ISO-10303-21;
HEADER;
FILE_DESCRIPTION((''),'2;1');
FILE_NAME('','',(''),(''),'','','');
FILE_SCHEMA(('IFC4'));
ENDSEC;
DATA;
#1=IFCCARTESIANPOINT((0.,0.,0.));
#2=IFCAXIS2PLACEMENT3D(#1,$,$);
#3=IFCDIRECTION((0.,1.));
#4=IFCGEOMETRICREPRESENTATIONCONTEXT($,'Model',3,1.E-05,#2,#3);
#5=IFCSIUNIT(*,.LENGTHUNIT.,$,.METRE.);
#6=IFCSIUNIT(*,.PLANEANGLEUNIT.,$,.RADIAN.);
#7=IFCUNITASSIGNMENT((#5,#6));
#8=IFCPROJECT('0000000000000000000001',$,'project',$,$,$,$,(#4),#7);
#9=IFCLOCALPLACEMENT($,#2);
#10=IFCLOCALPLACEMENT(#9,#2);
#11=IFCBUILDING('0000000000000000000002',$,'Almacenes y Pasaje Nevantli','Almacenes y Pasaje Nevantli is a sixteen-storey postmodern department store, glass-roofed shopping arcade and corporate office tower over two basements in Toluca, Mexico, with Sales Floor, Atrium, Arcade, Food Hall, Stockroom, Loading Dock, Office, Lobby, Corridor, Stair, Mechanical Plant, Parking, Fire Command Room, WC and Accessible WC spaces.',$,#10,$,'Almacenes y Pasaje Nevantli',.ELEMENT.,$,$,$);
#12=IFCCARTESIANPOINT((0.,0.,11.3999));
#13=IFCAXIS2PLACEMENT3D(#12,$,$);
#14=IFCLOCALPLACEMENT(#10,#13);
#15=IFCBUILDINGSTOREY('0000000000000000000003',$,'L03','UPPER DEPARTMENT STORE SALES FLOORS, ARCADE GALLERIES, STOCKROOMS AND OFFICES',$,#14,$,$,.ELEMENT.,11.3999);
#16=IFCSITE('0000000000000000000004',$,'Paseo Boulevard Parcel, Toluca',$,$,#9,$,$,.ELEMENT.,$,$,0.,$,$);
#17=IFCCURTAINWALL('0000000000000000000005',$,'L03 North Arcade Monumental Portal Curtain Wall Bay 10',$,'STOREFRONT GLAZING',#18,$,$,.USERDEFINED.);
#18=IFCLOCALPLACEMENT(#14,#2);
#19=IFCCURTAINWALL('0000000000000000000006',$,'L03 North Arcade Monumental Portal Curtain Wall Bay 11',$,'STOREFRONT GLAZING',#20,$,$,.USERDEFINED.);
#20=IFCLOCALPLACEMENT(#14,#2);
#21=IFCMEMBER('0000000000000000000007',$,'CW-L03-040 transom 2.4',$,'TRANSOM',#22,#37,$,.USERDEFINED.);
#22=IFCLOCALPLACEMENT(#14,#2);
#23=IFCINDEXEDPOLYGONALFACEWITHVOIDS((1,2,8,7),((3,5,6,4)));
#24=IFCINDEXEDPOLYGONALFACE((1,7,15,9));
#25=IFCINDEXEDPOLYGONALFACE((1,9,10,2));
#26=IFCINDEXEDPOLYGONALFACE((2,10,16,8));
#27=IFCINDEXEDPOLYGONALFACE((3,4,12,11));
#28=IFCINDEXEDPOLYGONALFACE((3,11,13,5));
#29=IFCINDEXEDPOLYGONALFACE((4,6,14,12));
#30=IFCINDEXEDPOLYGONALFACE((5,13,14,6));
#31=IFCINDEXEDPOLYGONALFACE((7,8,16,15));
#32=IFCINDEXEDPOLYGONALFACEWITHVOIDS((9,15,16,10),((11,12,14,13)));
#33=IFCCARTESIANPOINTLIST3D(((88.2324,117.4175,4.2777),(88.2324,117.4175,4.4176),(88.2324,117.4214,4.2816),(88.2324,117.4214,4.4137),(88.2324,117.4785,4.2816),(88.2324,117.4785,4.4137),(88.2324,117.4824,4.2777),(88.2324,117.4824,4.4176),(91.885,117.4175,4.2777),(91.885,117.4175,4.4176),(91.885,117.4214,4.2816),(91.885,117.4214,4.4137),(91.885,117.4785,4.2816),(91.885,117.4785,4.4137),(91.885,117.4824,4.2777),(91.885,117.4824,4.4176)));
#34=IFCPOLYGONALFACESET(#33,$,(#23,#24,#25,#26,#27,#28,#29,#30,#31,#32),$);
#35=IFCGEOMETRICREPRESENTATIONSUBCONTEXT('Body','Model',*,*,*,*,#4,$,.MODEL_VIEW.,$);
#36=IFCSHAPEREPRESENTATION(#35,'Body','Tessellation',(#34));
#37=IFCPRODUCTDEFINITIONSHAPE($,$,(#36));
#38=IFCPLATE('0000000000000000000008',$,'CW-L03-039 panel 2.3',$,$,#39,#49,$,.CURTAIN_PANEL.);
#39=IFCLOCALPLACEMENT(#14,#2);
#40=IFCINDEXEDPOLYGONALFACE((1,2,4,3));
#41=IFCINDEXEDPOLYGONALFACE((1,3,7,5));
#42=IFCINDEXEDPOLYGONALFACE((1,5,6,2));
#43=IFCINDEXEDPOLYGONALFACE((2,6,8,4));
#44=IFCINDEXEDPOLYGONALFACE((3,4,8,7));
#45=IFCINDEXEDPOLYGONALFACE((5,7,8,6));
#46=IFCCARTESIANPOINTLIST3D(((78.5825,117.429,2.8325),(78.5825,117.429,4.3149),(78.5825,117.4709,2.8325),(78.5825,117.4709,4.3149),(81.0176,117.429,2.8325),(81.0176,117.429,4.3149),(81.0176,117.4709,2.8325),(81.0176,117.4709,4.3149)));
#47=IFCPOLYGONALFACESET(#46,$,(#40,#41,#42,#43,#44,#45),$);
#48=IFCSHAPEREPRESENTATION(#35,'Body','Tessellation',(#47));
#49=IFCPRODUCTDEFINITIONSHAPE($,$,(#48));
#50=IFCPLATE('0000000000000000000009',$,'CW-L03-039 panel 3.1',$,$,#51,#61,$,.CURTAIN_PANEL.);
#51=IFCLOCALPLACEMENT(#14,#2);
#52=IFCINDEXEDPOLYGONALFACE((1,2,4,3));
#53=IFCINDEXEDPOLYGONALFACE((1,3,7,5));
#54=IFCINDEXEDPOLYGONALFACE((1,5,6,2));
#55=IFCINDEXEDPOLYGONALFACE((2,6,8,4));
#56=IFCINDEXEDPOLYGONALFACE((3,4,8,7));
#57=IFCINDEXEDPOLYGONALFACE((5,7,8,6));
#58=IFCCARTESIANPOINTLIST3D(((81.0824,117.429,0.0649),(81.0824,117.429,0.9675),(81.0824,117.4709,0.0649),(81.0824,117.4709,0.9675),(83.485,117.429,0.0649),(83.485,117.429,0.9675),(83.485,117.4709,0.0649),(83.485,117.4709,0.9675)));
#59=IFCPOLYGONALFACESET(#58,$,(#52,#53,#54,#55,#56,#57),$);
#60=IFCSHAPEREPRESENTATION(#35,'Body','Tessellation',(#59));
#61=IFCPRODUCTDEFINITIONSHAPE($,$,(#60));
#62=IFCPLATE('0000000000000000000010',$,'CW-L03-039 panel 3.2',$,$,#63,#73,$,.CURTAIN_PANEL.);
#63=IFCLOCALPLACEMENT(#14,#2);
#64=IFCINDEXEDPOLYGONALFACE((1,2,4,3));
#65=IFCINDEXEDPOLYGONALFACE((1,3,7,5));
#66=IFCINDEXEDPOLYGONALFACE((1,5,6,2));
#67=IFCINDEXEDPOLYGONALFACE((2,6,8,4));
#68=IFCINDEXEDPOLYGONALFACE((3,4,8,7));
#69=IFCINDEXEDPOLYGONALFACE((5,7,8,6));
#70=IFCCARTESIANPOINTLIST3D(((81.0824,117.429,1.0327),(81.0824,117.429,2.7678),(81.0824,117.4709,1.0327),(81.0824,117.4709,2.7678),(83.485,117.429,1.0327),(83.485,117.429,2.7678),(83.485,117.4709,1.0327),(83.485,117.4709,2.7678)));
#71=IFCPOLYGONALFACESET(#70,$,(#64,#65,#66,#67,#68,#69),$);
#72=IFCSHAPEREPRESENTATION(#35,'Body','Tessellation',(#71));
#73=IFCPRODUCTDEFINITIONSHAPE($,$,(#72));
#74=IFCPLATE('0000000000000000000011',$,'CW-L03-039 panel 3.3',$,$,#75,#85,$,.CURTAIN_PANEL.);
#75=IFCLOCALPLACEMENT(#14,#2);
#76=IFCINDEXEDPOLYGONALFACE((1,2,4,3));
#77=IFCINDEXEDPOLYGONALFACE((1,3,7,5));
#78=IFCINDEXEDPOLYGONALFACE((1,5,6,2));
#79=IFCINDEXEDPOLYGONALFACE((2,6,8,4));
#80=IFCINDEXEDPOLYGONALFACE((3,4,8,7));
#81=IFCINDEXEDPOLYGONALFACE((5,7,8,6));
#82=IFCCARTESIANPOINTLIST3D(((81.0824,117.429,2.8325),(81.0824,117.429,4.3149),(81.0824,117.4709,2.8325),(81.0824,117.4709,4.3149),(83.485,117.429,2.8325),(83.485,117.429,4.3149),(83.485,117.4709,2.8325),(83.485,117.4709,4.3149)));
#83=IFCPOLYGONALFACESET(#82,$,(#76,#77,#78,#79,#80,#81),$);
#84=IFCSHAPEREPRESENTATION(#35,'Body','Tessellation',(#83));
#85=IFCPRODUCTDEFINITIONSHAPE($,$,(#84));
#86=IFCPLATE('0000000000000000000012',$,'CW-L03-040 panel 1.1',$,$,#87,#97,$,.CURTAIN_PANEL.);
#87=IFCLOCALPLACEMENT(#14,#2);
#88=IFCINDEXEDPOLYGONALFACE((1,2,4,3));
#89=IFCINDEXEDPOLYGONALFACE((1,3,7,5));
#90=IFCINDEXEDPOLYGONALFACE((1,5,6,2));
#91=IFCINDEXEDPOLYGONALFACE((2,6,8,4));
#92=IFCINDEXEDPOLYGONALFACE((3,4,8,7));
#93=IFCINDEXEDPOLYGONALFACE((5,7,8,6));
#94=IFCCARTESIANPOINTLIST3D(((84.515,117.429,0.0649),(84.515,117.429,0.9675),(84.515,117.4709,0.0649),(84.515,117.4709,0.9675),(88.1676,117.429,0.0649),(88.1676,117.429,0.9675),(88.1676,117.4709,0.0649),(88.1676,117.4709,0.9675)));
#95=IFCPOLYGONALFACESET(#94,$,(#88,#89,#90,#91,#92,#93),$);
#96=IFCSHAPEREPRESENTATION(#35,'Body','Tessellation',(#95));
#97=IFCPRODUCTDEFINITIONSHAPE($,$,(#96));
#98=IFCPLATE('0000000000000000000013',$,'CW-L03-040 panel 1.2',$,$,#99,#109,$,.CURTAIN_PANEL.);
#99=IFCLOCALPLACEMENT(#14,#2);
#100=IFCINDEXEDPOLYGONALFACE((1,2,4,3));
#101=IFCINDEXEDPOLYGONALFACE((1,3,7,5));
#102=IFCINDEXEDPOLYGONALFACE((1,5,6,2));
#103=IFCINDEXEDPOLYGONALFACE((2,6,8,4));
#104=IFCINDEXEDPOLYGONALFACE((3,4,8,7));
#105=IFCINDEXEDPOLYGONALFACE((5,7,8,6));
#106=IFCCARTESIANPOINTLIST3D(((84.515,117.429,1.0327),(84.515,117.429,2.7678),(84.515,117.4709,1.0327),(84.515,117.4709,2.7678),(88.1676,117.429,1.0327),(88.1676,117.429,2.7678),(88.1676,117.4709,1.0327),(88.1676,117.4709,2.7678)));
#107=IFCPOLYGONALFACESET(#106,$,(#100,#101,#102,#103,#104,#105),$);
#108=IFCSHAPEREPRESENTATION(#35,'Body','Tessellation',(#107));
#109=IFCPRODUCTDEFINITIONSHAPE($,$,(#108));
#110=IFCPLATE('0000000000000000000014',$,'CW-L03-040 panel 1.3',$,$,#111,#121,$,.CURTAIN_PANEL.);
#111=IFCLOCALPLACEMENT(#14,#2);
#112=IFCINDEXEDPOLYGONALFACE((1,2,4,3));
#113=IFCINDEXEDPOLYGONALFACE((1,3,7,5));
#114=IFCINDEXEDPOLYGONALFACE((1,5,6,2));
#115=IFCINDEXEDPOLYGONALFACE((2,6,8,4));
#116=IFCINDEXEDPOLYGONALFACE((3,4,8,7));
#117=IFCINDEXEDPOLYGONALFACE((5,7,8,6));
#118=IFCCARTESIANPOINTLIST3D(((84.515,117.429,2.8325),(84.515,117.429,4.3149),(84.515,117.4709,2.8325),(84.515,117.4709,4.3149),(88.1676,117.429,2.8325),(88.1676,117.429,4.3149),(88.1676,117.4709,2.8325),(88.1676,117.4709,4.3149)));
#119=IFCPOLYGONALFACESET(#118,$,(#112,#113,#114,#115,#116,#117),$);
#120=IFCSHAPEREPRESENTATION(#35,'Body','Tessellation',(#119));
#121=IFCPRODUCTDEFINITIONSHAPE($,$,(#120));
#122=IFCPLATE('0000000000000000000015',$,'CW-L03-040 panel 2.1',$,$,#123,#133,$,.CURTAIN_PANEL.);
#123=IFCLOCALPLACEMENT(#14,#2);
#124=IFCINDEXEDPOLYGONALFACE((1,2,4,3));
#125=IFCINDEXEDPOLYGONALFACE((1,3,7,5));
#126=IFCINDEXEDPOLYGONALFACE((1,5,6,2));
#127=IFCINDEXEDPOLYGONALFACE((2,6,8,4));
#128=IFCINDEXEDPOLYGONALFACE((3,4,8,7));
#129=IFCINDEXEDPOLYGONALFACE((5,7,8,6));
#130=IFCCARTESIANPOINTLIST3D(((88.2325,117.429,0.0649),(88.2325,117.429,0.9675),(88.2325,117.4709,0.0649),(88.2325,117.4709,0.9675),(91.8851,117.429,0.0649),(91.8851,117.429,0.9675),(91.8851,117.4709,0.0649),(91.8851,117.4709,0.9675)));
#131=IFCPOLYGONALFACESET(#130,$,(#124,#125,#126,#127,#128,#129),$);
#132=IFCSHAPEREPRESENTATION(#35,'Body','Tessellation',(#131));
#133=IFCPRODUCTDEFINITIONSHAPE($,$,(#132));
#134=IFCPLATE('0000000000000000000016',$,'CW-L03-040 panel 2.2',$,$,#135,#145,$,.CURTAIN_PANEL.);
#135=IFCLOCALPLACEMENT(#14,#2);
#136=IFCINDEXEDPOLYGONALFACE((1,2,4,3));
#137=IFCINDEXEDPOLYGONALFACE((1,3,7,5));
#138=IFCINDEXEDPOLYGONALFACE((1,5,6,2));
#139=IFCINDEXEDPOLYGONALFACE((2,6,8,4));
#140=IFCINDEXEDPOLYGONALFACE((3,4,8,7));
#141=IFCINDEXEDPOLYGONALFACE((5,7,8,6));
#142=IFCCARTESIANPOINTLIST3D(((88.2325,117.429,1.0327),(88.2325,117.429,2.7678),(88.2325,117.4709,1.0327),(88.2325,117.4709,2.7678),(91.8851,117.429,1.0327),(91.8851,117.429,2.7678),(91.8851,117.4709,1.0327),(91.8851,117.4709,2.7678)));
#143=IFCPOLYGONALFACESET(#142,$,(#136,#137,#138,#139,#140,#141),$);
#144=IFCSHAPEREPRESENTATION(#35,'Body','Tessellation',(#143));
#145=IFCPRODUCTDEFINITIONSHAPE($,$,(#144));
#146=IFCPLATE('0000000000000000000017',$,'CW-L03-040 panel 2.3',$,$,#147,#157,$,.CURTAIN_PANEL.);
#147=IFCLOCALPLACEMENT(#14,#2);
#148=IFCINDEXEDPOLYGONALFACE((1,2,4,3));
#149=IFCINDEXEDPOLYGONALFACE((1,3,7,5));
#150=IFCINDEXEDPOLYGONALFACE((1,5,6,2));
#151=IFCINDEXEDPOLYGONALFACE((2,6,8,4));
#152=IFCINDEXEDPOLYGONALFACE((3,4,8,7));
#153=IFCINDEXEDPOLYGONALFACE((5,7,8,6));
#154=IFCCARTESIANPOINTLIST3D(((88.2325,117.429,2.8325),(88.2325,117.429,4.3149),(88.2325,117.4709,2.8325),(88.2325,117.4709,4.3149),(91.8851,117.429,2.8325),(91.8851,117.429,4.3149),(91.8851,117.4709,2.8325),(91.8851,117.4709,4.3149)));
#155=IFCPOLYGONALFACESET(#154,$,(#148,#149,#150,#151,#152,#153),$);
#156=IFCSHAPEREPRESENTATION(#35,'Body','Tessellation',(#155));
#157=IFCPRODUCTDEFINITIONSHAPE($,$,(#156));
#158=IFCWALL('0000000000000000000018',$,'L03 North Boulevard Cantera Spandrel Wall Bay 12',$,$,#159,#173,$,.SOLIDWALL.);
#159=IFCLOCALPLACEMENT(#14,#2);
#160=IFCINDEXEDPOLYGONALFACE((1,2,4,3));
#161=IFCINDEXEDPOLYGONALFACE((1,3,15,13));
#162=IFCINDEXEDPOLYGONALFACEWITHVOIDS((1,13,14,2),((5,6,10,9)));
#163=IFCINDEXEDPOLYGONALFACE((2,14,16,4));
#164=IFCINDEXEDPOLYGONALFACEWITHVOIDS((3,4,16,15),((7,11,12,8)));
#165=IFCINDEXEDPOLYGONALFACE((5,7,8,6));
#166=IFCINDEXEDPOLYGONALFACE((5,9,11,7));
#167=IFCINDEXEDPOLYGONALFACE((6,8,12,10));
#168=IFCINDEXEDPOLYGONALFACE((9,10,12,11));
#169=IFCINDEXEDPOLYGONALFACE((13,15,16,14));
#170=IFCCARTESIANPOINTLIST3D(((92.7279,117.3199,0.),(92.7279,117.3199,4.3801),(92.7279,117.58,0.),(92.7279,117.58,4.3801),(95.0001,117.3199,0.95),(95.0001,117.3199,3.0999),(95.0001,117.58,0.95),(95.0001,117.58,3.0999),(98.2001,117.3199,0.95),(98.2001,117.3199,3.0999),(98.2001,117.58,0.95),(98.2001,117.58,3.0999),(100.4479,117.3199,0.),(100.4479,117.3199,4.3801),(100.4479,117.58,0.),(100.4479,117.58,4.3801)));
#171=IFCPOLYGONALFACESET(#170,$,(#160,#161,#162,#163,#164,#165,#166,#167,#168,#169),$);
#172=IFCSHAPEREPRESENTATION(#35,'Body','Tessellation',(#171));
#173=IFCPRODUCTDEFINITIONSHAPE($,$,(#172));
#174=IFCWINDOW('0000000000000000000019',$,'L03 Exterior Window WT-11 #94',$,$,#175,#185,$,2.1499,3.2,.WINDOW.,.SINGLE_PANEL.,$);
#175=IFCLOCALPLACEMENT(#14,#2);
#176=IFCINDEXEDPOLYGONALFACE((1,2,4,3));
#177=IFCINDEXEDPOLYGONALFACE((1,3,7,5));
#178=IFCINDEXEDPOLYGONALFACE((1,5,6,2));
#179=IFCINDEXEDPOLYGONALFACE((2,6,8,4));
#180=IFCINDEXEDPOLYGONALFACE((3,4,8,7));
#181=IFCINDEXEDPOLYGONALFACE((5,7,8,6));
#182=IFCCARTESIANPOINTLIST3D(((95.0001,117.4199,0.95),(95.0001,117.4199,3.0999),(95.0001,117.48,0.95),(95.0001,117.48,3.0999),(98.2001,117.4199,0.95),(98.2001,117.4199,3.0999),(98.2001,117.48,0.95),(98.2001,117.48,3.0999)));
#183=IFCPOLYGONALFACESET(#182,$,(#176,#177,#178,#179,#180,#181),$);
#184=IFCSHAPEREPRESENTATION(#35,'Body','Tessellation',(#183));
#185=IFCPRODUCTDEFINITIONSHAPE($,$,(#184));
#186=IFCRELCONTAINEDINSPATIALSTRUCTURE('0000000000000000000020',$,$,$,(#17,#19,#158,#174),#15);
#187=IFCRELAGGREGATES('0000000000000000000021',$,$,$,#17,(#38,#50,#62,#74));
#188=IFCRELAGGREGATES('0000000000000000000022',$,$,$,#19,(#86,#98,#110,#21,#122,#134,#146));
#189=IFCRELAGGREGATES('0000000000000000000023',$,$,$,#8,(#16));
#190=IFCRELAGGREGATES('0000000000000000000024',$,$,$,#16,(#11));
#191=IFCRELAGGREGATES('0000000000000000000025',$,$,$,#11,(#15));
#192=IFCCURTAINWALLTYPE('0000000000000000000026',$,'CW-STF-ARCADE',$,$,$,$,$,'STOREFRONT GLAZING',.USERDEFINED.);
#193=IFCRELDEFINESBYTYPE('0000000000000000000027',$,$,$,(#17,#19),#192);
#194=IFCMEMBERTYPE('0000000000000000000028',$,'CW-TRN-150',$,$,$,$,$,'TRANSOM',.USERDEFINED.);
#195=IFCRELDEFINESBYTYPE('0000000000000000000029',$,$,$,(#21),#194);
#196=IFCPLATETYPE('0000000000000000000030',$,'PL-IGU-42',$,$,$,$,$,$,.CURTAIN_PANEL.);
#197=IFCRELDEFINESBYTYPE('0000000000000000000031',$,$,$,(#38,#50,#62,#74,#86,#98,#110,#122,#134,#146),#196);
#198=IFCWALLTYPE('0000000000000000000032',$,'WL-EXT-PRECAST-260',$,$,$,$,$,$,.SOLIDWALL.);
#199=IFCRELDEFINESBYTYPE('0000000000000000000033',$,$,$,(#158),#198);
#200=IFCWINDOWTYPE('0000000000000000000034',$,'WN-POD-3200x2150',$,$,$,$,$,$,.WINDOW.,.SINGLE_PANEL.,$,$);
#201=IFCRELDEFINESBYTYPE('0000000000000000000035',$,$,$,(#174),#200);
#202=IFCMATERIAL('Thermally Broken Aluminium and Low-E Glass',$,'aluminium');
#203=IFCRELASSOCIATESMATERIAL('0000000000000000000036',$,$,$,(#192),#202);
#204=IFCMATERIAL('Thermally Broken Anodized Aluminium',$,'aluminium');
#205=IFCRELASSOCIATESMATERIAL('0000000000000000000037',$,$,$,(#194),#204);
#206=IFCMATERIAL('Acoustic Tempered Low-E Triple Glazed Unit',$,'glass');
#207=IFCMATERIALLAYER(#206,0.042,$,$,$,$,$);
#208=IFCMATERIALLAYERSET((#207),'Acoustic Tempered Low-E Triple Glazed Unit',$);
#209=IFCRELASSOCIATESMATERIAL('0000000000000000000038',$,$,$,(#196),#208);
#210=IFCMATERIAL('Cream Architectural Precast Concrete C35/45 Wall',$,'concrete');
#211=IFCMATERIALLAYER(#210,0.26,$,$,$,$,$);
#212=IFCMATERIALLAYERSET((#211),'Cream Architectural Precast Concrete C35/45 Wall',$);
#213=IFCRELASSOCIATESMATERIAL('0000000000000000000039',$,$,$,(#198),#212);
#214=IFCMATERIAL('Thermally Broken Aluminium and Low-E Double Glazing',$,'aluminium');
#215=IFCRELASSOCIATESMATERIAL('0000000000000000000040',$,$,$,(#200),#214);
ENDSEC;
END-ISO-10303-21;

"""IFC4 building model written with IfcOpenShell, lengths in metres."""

from ifc_helpers import new_model, si_unit, direction, frame, frame_2d, origin, origin_2d, place, context, subcontext, project, spatial, rectangle, hollow_rectangle, extrude, material, layer, layer_set, material_profile, profile_set, type_object, element, fill, aggregate, save


model = new_model("IFC4")

# Units and contexts
model_context = context("Model", 3, precision=1e-05, world=origin(), true_north=direction((0.0, 1.0)))
body_context = subcontext(model_context, "Body", "Model", "MODEL_VIEW")
ifc_project = project(units=[si_unit("LENGTHUNIT", "METRE"), si_unit("PLANEANGLEUNIT", "RADIAN")], contexts=[model_context])

# Site, building, storey
site_placement = place(None, origin())
site = spatial("IfcSite", under=ifc_project, at=site_placement, Name="Paseo Boulevard Parcel, Toluca", CompositionType="ELEMENT", RefElevation=0.0)
building_placement = place(site_placement, origin())
building = spatial("IfcBuilding", under=site, at=building_placement, Name="Almacenes y Pasaje Nevantli", Description="Almacenes y Pasaje Nevantli is a sixteen-storey postmodern department store, glass-roofed shopping arcade and corporate office tower over two basements in Toluca, Mexico, with Sales Floor, Atrium, Arcade, Food Hall, Stockroom, Loading Dock, Office, Lobby, Corridor, Stair, Mechanical Plant, Parking, Fire Command Room, WC and Accessible WC spaces.", LongName="Almacenes y Pasaje Nevantli", CompositionType="ELEMENT")
storey_placement = place(building_placement, frame((0.0, 0.0, 11.3999)))
storey = spatial("IfcBuildingStorey", under=building, at=storey_placement, Name="L03", Description="UPPER DEPARTMENT STORE SALES FLOORS, ARCADE GALLERIES, STOCKROOMS AND OFFICES", CompositionType="ELEMENT", Elevation=11.3999)

# Curtain walls
ifc_material_1 = material(Name="Thermally Broken Aluminium and Low-E Glass", Category="aluminium")
curtain_wall_type_1 = type_object("IfcCurtainWallType", Name="CW-STF-ARCADE", ElementType="STOREFRONT GLAZING", PredefinedType="USERDEFINED", material=ifc_material_1)
curtain_wall_1_placement = place(storey_placement, origin())
curtain_wall_1 = element("IfcCurtainWall", 1, at=curtain_wall_1_placement, inside=storey, type_object=curtain_wall_type_1, Name="L03 North Arcade Monumental Portal Curtain Wall Bay 10", ObjectType="STOREFRONT GLAZING", PredefinedType="USERDEFINED")
curtain_wall_2_placement = place(storey_placement, origin())
curtain_wall_2 = element("IfcCurtainWall", 2, at=curtain_wall_2_placement, inside=storey, type_object=curtain_wall_type_1, Name="L03 North Arcade Monumental Portal Curtain Wall Bay 11", ObjectType="STOREFRONT GLAZING", PredefinedType="USERDEFINED")

# Member
ifc_material_2 = material(Name="Thermally Broken Anodized Aluminium", Category="aluminium")
ifc_material_profile_1 = material_profile(ifc_material_2, hollow_rectangle(XDim=0.0649, YDim=0.1399, WallThickness=0.0039, at=origin_2d()), Name="ALU-TRN-65x140")
ifc_profile_set_1 = profile_set([ifc_material_profile_1], Name="Thermally Broken Anodized Aluminium")
member_type_1 = type_object("IfcMemberType", Name="CW-TRN-150", ElementType="TRANSOM", PredefinedType="USERDEFINED", material=ifc_profile_set_1)
member_1_placement = place(storey_placement, frame((88.2324, 117.45, 4.3477), z_axis=(1.0, 0.0, 0.0), x_axis=(0.0, 1.0, 0.0)))
member_1 = element("IfcMember", 3, at=member_1_placement, type_object=member_type_1, Name="CW-L03-040 transom 2.4", ObjectType="TRANSOM", PredefinedType="USERDEFINED", context=body_context, shape_type="SweptSolid", body=[
    extrude(hollow_rectangle(XDim=0.0649, YDim=0.1399, WallThickness=0.0039, at=origin_2d()), origin(), (0.0, 0.0, 1.0), 3.6526),
])

# Plates
ifc_material_3 = material(Name="Acoustic Tempered Low-E Triple Glazed Unit", Category="glass")
ifc_layer_1 = layer(ifc_material_3, 0.042)
ifc_layer_set_1 = layer_set([ifc_layer_1], Name="Acoustic Tempered Low-E Triple Glazed Unit")
plate_type = type_object("IfcPlateType", Name="PL-IGU-42", PredefinedType="CURTAIN_PANEL", material=ifc_layer_set_1)
plate_1_placement = place(storey_placement, frame((79.8, 117.45, 2.8325), z_axis=(0.0, 0.0, 1.0), x_axis=(1.0, 0.0, 0.0)))
plate_1 = element("IfcPlate", 4, at=plate_1_placement, type_object=plate_type, Name="CW-L03-039 panel 2.3", PredefinedType="CURTAIN_PANEL", context=body_context, shape_type="SweptSolid", body=[
    extrude(rectangle(XDim=2.4351, YDim=0.042, at=origin_2d()), origin(), (0.0, 0.0, 1.0), 1.4824),
])
plate_2_placement = place(storey_placement, frame((82.2837, 117.45, 0.0649), z_axis=(0.0, 0.0, 1.0), x_axis=(1.0, 0.0, 0.0)))
plate_2 = element("IfcPlate", 5, at=plate_2_placement, type_object=plate_type, Name="CW-L03-039 panel 3.1", PredefinedType="CURTAIN_PANEL", context=body_context, shape_type="SweptSolid", body=[
    extrude(rectangle(XDim=2.4026, YDim=0.042, at=origin_2d()), origin(), (0.0, 0.0, 1.0), 0.9026),
])
plate_3_placement = place(storey_placement, frame((82.2837, 117.45, 1.0327), z_axis=(0.0, 0.0, 1.0), x_axis=(1.0, 0.0, 0.0)))
plate_3 = element("IfcPlate", 6, at=plate_3_placement, type_object=plate_type, Name="CW-L03-039 panel 3.2", PredefinedType="CURTAIN_PANEL", context=body_context, shape_type="SweptSolid", body=[
    extrude(rectangle(XDim=2.4026, YDim=0.042, at=origin_2d()), origin(), (0.0, 0.0, 1.0), 1.7351),
])
plate_4_placement = place(storey_placement, frame((82.2837, 117.45, 2.8325), z_axis=(0.0, 0.0, 1.0), x_axis=(1.0, 0.0, 0.0)))
plate_4 = element("IfcPlate", 7, at=plate_4_placement, type_object=plate_type, Name="CW-L03-039 panel 3.3", PredefinedType="CURTAIN_PANEL", context=body_context, shape_type="SweptSolid", body=[
    extrude(rectangle(XDim=2.4026, YDim=0.042, at=origin_2d()), origin(), (0.0, 0.0, 1.0), 1.4824),
])
aggregate(curtain_wall_1, [plate_1, plate_2, plate_3, plate_4])
plate_5_placement = place(storey_placement, frame((86.3413, 117.45, 0.0649), z_axis=(0.0, 0.0, 1.0), x_axis=(1.0, 0.0, 0.0)))
plate_5 = element("IfcPlate", 8, at=plate_5_placement, type_object=plate_type, Name="CW-L03-040 panel 1.1", PredefinedType="CURTAIN_PANEL", context=body_context, shape_type="SweptSolid", body=[
    extrude(rectangle(XDim=3.6526, YDim=0.042, at=origin_2d()), origin(), (0.0, 0.0, 1.0), 0.9026),
])
plate_6_placement = place(storey_placement, frame((86.3413, 117.45, 1.0327), z_axis=(0.0, 0.0, 1.0), x_axis=(1.0, 0.0, 0.0)))
plate_6 = element("IfcPlate", 9, at=plate_6_placement, type_object=plate_type, Name="CW-L03-040 panel 1.2", PredefinedType="CURTAIN_PANEL", context=body_context, shape_type="SweptSolid", body=[
    extrude(rectangle(XDim=3.6526, YDim=0.042, at=origin_2d()), origin(), (0.0, 0.0, 1.0), 1.7351),
])
plate_7_placement = place(storey_placement, frame((86.3413, 117.45, 2.8325), z_axis=(0.0, 0.0, 1.0), x_axis=(1.0, 0.0, 0.0)))
plate_7 = element("IfcPlate", 10, at=plate_7_placement, type_object=plate_type, Name="CW-L03-040 panel 1.3", PredefinedType="CURTAIN_PANEL", context=body_context, shape_type="SweptSolid", body=[
    extrude(rectangle(XDim=3.6526, YDim=0.042, at=origin_2d()), origin(), (0.0, 0.0, 1.0), 1.4824),
])
plate_8_placement = place(storey_placement, frame((90.0588, 117.45, 0.0649), z_axis=(0.0, 0.0, 1.0), x_axis=(1.0, 0.0, 0.0)))
plate_8 = element("IfcPlate", 11, at=plate_8_placement, type_object=plate_type, Name="CW-L03-040 panel 2.1", PredefinedType="CURTAIN_PANEL", context=body_context, shape_type="SweptSolid", body=[
    extrude(rectangle(XDim=3.6526, YDim=0.042, at=origin_2d()), origin(), (0.0, 0.0, 1.0), 0.9026),
])
plate_9_placement = place(storey_placement, frame((90.0588, 117.45, 1.0327), z_axis=(0.0, 0.0, 1.0), x_axis=(1.0, 0.0, 0.0)))
plate_9 = element("IfcPlate", 12, at=plate_9_placement, type_object=plate_type, Name="CW-L03-040 panel 2.2", PredefinedType="CURTAIN_PANEL", context=body_context, shape_type="SweptSolid", body=[
    extrude(rectangle(XDim=3.6526, YDim=0.042, at=origin_2d()), origin(), (0.0, 0.0, 1.0), 1.7351),
])
plate_10_placement = place(storey_placement, frame((90.0588, 117.45, 2.8325), z_axis=(0.0, 0.0, 1.0), x_axis=(1.0, 0.0, 0.0)))
plate_10 = element("IfcPlate", 13, at=plate_10_placement, type_object=plate_type, Name="CW-L03-040 panel 2.3", PredefinedType="CURTAIN_PANEL", context=body_context, shape_type="SweptSolid", body=[
    extrude(rectangle(XDim=3.6526, YDim=0.042, at=origin_2d()), origin(), (0.0, 0.0, 1.0), 1.4824),
])
aggregate(curtain_wall_2, [plate_5, plate_6, plate_7, member_1, plate_8, plate_9, plate_10])

# Wall, opening, window
ifc_material_4 = material(Name="Cream Architectural Precast Concrete C35/45 Wall", Category="concrete")
ifc_layer_2 = layer(ifc_material_4, 0.26)
ifc_layer_set_2 = layer_set([ifc_layer_2], Name="Cream Architectural Precast Concrete C35/45 Wall")
wall_type = type_object("IfcWallType", Name="WL-EXT-PRECAST-260", PredefinedType="SOLIDWALL", material=ifc_layer_set_2)
wall_placement = place(storey_placement, frame((92.728, 117.45, 0.0), z_axis=(0.0, 0.0, 1.0), x_axis=(1.0, 0.0, 0.0)))
wall = element("IfcWall", 14, at=wall_placement, inside=storey, type_object=wall_type, Name="L03 North Boulevard Cantera Spandrel Wall Bay 12", PredefinedType="SOLIDWALL", context=body_context, shape_type="SweptSolid", body=[
    extrude(rectangle(XDim=7.72, YDim=0.26, at=frame_2d((3.8599, 0.0))), origin(), (0.0, 0.0, 1.0), 4.3801),
])
opening_placement = place(wall_placement, frame((2.272, 0.0, 0.95)))
opening = element("IfcOpeningElement", 15, at=opening_placement, cuts=wall, PredefinedType="OPENING", context=body_context, shape_type="SweptSolid", body=[
    extrude(rectangle(XDim=3.2, YDim=2.1499, at=frame_2d((1.6001, 1.075))), frame((0.0, 0.1399, 0.0), z_axis=(0.0, -1.0, 0.0), x_axis=(1.0, 0.0, 0.0)), (0.0, 0.0, 1.0), 0.28),
])
ifc_material_5 = material(Name="Thermally Broken Aluminium and Low-E Double Glazing", Category="aluminium")
window_type = type_object("IfcWindowType", Name="WN-POD-3200x2150", PartitioningType="SINGLE_PANEL", PredefinedType="WINDOW", material=ifc_material_5)
window_placement = place(opening_placement, origin())
window = element("IfcWindow", 16, at=window_placement, inside=storey, type_object=window_type, Name="L03 Exterior Window WT-11 #94", OverallHeight=2.1499, OverallWidth=3.2, PartitioningType="SINGLE_PANEL", PredefinedType="WINDOW", context=body_context, shape_type="SweptSolid", body=[
    extrude(rectangle(XDim=3.2, YDim=2.1499, at=frame_2d((1.6001, 1.075))), frame((0.0, 0.03, 0.0), z_axis=(0.0, -1.0, 0.0), x_axis=(1.0, 0.0, 0.0)), (0.0, 0.0, 1.0), 0.0601),
])
fill(opening, window)

save(model, "model.ifc")
